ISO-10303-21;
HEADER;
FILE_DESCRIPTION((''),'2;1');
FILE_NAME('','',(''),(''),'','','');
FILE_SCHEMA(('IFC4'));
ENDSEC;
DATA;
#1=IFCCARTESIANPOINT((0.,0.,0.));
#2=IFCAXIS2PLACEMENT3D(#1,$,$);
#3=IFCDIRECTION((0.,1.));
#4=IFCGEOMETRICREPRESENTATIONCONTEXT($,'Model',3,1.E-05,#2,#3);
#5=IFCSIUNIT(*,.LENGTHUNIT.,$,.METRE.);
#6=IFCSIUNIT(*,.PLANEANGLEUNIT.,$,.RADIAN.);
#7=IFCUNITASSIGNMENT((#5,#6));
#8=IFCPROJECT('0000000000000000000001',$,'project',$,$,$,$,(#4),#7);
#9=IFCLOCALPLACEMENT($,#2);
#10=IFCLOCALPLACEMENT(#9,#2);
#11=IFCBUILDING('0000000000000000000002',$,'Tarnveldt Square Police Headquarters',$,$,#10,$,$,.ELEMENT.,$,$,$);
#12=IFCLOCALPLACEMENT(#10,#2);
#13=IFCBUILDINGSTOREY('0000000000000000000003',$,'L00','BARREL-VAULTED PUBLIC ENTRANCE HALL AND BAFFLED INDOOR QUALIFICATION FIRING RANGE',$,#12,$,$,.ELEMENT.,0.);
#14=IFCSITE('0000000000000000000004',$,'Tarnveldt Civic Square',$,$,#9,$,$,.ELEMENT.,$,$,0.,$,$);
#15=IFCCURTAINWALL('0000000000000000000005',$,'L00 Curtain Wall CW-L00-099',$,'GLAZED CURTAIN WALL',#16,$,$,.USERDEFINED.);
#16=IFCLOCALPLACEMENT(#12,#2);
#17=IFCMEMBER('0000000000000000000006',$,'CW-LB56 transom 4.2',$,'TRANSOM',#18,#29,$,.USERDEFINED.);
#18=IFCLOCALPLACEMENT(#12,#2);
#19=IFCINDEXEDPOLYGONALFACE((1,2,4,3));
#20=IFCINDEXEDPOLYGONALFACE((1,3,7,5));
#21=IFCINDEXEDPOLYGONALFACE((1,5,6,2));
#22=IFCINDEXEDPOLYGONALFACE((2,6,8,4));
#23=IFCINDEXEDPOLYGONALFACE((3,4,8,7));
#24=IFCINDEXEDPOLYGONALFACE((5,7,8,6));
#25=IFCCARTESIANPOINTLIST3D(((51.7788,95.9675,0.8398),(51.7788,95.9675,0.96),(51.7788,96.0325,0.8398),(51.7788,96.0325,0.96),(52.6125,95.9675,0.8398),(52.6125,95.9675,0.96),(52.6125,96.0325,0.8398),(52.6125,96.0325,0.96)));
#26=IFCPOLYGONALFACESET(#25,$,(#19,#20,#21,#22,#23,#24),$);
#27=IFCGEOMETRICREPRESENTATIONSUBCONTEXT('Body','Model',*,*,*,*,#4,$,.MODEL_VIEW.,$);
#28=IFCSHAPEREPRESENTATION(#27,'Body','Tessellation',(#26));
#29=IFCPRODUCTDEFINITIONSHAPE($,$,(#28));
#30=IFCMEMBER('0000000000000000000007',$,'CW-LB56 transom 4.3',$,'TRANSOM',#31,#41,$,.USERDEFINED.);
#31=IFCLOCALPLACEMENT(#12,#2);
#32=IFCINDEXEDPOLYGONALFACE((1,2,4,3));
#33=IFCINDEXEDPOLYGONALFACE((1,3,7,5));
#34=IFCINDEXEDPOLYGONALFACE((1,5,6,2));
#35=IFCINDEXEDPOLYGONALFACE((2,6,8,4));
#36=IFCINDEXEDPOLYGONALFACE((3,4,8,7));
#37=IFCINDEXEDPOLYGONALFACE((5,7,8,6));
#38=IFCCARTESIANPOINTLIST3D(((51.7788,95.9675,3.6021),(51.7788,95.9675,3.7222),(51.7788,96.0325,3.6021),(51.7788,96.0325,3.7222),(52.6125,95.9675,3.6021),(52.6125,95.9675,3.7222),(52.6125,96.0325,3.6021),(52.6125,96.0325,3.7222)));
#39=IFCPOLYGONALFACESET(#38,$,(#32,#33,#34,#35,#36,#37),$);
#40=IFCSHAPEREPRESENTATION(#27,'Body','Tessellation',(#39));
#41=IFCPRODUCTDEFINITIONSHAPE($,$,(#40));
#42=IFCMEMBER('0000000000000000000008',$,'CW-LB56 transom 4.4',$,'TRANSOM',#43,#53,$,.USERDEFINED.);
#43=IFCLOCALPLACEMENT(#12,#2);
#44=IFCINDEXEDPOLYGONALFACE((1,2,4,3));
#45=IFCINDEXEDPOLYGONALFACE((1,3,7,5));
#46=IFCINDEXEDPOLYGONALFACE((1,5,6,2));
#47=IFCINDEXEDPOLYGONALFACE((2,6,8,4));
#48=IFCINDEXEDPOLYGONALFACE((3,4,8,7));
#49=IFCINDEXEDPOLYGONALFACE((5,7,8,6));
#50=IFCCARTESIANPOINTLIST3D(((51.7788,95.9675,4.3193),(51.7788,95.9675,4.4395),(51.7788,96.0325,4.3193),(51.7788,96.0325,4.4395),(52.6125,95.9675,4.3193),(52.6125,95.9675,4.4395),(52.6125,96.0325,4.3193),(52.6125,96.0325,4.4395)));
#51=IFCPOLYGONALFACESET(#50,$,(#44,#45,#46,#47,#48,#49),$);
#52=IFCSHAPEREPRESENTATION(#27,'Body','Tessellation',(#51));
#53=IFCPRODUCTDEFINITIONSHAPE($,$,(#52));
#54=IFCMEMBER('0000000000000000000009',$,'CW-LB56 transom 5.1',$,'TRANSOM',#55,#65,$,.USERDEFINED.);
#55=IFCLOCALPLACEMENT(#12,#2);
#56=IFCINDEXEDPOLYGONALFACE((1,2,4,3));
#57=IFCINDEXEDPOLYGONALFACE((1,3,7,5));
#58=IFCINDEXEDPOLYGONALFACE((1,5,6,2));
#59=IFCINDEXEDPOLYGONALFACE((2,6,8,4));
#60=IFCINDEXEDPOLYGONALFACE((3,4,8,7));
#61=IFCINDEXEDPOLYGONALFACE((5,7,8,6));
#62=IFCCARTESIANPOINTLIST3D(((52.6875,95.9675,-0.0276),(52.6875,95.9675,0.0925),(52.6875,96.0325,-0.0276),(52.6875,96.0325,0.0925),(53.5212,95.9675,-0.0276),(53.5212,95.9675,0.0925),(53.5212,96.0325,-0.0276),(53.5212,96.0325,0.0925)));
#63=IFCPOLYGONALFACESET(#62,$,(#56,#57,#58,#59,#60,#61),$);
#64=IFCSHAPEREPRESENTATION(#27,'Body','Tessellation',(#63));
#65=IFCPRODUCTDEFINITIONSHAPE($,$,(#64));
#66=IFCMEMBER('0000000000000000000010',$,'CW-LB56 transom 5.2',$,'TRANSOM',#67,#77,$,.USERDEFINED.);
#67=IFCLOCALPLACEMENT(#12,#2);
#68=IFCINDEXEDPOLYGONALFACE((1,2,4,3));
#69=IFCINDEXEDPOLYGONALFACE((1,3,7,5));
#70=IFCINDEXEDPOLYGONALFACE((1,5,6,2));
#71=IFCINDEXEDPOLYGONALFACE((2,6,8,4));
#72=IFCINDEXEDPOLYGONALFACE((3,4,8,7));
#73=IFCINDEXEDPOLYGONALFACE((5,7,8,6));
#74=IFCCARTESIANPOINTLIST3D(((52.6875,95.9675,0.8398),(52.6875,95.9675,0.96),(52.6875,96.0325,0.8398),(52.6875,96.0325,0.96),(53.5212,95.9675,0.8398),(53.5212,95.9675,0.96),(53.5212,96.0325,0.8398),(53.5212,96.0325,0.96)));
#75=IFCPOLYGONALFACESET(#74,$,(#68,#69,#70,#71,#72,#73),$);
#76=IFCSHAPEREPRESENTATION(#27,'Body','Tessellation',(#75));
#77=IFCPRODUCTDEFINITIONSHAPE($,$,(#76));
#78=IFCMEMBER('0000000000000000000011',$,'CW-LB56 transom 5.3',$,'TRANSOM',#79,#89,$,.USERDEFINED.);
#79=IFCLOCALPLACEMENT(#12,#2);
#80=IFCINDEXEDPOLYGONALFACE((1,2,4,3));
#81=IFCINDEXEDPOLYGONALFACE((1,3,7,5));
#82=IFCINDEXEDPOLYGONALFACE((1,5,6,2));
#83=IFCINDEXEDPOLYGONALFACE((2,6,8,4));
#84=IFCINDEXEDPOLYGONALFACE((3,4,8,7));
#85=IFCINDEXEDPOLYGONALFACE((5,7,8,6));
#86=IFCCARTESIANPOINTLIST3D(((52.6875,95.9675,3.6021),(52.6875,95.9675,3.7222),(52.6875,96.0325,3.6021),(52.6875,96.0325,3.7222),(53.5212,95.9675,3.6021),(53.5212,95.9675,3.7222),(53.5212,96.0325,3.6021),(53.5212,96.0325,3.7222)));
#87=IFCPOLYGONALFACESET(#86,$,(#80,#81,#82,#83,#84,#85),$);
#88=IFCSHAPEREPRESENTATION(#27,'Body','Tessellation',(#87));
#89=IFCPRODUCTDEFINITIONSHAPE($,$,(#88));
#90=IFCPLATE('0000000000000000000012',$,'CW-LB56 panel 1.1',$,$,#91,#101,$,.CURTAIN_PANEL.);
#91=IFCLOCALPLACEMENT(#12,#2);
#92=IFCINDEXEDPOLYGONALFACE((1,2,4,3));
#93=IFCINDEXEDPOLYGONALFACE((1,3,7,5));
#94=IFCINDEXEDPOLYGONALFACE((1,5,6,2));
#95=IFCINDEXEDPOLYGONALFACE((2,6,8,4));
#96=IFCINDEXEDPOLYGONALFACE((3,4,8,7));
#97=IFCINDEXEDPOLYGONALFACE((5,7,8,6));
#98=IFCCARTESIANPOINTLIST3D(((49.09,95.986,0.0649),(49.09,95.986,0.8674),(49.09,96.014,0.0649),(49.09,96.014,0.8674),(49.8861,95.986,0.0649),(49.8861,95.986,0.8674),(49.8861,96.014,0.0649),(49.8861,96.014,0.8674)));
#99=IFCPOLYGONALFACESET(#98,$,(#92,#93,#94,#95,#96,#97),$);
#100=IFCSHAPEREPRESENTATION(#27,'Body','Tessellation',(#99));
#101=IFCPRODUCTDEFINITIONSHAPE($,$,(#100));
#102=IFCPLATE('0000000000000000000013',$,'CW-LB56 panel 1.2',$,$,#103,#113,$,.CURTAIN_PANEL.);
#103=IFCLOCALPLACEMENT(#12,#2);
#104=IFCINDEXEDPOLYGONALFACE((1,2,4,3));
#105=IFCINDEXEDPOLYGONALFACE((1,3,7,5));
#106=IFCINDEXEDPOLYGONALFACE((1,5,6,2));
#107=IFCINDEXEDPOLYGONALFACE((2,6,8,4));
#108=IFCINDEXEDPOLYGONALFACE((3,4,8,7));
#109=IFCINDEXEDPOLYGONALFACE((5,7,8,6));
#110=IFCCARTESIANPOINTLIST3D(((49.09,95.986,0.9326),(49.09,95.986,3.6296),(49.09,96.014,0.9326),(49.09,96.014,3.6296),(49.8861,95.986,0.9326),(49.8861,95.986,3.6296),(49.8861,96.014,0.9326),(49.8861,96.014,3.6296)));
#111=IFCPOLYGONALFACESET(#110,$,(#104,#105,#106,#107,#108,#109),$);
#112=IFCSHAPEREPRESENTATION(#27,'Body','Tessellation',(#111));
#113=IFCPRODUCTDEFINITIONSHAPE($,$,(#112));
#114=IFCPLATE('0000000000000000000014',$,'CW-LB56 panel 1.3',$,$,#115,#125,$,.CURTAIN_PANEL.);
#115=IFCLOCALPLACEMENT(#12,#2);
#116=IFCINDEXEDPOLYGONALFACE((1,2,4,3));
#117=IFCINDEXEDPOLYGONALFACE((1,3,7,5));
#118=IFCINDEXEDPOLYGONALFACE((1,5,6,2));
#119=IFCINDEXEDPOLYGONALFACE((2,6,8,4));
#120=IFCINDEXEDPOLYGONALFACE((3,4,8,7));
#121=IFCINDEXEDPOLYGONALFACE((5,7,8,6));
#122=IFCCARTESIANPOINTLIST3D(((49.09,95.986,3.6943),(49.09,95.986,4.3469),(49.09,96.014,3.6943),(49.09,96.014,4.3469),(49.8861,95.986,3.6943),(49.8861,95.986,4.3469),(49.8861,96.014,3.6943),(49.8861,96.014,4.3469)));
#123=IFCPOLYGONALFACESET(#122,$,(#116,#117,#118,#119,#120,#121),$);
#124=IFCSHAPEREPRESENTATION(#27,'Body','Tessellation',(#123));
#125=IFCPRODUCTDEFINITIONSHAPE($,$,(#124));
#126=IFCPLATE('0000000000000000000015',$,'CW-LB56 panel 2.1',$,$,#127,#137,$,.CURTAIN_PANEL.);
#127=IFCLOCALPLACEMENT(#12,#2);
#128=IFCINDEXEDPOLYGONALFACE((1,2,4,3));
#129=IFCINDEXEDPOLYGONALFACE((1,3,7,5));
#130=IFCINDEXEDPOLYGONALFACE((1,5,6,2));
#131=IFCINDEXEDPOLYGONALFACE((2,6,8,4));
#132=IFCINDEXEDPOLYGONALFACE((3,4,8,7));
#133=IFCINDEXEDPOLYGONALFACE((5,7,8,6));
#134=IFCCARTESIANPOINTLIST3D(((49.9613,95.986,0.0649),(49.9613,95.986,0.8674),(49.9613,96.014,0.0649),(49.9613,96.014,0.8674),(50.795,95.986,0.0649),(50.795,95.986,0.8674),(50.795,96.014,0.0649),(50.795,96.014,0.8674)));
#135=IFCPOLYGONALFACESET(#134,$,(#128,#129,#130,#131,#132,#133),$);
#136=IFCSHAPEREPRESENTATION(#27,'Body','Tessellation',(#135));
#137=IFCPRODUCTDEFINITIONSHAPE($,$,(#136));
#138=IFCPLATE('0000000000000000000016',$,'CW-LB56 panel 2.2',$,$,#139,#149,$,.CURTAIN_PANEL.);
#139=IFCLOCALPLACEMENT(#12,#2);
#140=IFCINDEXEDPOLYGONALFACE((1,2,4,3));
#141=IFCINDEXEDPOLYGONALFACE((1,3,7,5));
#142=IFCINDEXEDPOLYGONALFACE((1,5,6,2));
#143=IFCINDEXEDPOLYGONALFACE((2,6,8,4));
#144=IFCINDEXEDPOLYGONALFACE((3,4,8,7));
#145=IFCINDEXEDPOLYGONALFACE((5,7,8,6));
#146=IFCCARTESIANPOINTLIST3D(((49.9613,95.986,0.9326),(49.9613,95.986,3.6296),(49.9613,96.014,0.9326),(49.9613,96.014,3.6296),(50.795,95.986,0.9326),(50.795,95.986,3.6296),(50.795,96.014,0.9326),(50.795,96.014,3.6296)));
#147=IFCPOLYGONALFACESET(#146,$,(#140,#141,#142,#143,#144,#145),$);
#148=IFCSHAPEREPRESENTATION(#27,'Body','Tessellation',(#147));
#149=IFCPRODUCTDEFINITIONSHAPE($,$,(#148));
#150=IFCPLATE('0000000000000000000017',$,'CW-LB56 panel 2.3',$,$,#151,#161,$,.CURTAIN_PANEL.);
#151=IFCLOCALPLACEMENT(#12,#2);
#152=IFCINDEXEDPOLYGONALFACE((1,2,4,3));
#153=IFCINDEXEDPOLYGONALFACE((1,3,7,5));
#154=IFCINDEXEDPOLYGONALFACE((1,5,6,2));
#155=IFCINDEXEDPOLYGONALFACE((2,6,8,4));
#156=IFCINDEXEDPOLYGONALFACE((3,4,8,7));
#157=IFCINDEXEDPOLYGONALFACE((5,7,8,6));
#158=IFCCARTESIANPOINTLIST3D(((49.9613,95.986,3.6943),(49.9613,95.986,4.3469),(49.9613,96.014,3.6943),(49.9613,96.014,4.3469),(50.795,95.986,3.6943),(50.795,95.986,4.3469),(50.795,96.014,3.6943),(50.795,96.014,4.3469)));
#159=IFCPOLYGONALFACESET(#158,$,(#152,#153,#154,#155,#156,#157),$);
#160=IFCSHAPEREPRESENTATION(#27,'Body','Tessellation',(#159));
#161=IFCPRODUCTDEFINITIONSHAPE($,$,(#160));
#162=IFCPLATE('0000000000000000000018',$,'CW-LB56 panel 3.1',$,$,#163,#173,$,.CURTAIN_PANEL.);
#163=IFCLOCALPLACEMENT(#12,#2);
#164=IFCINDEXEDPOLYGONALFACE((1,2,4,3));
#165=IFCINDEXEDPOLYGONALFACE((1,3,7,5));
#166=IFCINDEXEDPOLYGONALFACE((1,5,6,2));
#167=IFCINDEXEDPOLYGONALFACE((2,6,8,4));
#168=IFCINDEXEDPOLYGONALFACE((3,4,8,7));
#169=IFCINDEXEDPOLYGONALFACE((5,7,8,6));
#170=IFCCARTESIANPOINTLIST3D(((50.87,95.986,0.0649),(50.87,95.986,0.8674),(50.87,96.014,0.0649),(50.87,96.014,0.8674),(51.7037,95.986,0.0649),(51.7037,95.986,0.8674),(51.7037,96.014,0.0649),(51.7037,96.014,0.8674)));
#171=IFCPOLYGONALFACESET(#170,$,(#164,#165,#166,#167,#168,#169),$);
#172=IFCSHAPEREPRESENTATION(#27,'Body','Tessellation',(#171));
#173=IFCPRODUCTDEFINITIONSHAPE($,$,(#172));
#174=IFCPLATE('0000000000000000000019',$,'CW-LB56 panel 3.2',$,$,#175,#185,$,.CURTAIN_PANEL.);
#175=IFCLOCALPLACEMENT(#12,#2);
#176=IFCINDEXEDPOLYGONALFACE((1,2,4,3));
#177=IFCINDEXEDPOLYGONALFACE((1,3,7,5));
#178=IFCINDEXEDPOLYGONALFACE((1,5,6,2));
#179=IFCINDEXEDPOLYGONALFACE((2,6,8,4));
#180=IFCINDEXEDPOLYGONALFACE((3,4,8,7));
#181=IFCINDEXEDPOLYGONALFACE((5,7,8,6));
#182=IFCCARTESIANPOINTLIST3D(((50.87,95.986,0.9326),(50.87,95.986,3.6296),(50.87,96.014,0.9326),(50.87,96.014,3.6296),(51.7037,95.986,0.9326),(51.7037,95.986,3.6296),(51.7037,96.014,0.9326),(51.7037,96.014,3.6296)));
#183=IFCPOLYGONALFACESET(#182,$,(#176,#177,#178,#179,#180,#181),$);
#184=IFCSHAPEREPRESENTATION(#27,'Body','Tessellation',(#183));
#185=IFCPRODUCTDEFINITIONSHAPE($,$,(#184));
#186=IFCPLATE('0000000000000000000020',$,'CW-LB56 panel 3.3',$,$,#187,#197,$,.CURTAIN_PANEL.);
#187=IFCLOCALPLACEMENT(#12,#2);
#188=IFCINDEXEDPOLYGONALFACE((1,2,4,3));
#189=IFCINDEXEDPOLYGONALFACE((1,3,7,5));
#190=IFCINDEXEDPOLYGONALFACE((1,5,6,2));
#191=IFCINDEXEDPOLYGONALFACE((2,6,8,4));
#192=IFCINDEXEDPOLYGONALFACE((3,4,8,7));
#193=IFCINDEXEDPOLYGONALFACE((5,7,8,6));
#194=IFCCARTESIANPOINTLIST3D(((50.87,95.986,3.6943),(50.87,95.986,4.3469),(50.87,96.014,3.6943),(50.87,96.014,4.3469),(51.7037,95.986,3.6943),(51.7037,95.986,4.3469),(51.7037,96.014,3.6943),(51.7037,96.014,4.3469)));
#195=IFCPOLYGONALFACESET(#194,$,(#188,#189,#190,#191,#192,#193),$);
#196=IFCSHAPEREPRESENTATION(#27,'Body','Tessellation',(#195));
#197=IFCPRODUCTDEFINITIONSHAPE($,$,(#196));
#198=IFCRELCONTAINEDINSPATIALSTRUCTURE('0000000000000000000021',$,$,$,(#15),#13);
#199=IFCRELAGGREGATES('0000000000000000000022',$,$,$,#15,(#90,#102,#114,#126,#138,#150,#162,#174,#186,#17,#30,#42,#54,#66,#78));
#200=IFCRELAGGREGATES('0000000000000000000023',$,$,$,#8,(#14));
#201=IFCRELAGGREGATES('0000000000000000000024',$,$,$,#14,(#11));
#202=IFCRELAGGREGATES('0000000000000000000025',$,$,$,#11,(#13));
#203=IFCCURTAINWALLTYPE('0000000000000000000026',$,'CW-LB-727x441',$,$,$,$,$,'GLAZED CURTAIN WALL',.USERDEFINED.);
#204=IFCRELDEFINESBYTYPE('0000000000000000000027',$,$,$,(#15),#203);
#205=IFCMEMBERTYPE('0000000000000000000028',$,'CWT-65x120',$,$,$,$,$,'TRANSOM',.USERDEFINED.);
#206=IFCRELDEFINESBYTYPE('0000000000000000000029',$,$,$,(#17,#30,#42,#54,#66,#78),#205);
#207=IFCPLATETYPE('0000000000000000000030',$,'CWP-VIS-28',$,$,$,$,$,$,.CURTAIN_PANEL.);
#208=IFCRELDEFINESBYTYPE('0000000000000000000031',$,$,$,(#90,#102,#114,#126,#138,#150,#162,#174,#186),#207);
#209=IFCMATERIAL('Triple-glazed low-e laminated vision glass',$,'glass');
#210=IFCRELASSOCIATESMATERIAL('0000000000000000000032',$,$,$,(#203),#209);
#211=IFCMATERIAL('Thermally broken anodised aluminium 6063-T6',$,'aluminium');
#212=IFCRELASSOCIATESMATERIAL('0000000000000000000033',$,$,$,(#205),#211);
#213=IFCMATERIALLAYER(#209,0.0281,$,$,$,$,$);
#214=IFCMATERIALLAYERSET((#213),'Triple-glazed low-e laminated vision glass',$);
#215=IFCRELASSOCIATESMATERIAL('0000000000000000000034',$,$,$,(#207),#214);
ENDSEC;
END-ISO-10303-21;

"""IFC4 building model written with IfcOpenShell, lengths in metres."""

from ifc_helpers import new_model, si_unit, direction, frame, origin, origin_2d, place, context, subcontext, project, spatial, rectangle, extrude, material, layer, layer_set, material_profile, profile_set, type_object, element, aggregate, save


model = new_model("IFC4")

# Units and contexts
model_context = context("Model", 3, precision=1e-05, world=origin(), true_north=direction((0.0, 1.0)))
body_context = subcontext(model_context, "Body", "Model", "MODEL_VIEW")
ifc_project = project(units=[si_unit("LENGTHUNIT", "METRE"), si_unit("PLANEANGLEUNIT", "RADIAN")], contexts=[model_context])

# Site, building, storey
site_placement = place(None, origin())
site = spatial("IfcSite", under=ifc_project, at=site_placement, Name="Tarnveldt Civic Square", CompositionType="ELEMENT", RefElevation=0.0)
building_placement = place(site_placement, origin())
building = spatial("IfcBuilding", under=site, at=building_placement, Name="Tarnveldt Square Police Headquarters", CompositionType="ELEMENT")
storey_placement = place(building_placement, origin())
storey = spatial("IfcBuildingStorey", under=building, at=storey_placement, Name="L00", Description="BARREL-VAULTED PUBLIC ENTRANCE HALL AND BAFFLED INDOOR QUALIFICATION FIRING RANGE", CompositionType="ELEMENT", Elevation=0.0)

# Curtain wall, members, plates
ifc_material_1 = material(Name="Triple-glazed low-e laminated vision glass", Category="glass")
curtain_wall_type = type_object("IfcCurtainWallType", Name="CW-LB-727x441", ElementType="GLAZED CURTAIN WALL", PredefinedType="USERDEFINED", material=ifc_material_1)
curtain_wall_placement = place(storey_placement, origin())
curtain_wall = element("IfcCurtainWall", 1, at=curtain_wall_placement, inside=storey, type_object=curtain_wall_type, Name="L00 Curtain Wall CW-L00-099", ObjectType="GLAZED CURTAIN WALL", PredefinedType="USERDEFINED")
ifc_material_2 = material(Name="Thermally broken anodised aluminium 6063-T6", Category="aluminium")
ifc_material_profile_1 = material_profile(ifc_material_2, rectangle(XDim=0.0649, YDim=0.1201, at=origin_2d()), Name="CW-T65x120")
ifc_profile_set_1 = profile_set([ifc_material_profile_1], Name="Thermally broken anodised aluminium 6063-T6")
member_type_1 = type_object("IfcMemberType", Name="CWT-65x120", ElementType="TRANSOM", PredefinedType="USERDEFINED", material=ifc_profile_set_1)
member_1_placement = place(storey_placement, frame((51.7788, 96.0, 0.8999), z_axis=(1.0, 0.0, 0.0), x_axis=(0.0, 1.0, 0.0)))
member_1 = element("IfcMember", 2, at=member_1_placement, type_object=member_type_1, Name="CW-LB56 transom 4.2", ObjectType="TRANSOM", PredefinedType="USERDEFINED", context=body_context, shape_type="SweptSolid", body=[
    extrude(rectangle(XDim=0.0649, YDim=0.1201, at=origin_2d()), origin(), (0.0, 0.0, 1.0), 0.8337),
])
member_2_placement = place(storey_placement, frame((51.7788, 96.0, 3.6621), z_axis=(1.0, 0.0, 0.0), x_axis=(0.0, 1.0, 0.0)))
member_2 = element("IfcMember", 3, at=member_2_placement, type_object=member_type_1, Name="CW-LB56 transom 4.3", ObjectType="TRANSOM", PredefinedType="USERDEFINED", context=body_context, shape_type="SweptSolid", body=[
    extrude(rectangle(XDim=0.0649, YDim=0.1201, at=origin_2d()), origin(), (0.0, 0.0, 1.0), 0.8337),
])
member_3_placement = place(storey_placement, frame((51.7788, 96.0, 4.3794), z_axis=(1.0, 0.0, 0.0), x_axis=(0.0, 1.0, 0.0)))
member_3 = element("IfcMember", 4, at=member_3_placement, type_object=member_type_1, Name="CW-LB56 transom 4.4", ObjectType="TRANSOM", PredefinedType="USERDEFINED", context=body_context, shape_type="SweptSolid", body=[
    extrude(rectangle(XDim=0.0649, YDim=0.1201, at=origin_2d()), origin(), (0.0, 0.0, 1.0), 0.8337),
])
member_4_placement = place(storey_placement, frame((52.6875, 96.0, 0.0325), z_axis=(1.0, 0.0, 0.0), x_axis=(0.0, 1.0, 0.0)))
member_4 = element("IfcMember", 5, at=member_4_placement, type_object=member_type_1, Name="CW-LB56 transom 5.1", ObjectType="TRANSOM", PredefinedType="USERDEFINED", context=body_context, shape_type="SweptSolid", body=[
    extrude(rectangle(XDim=0.0649, YDim=0.1201, at=origin_2d()), origin(), (0.0, 0.0, 1.0), 0.8337),
])
member_5_placement = place(storey_placement, frame((52.6875, 96.0, 0.8999), z_axis=(1.0, 0.0, 0.0), x_axis=(0.0, 1.0, 0.0)))
member_5 = element("IfcMember", 6, at=member_5_placement, type_object=member_type_1, Name="CW-LB56 transom 5.2", ObjectType="TRANSOM", PredefinedType="USERDEFINED", context=body_context, shape_type="SweptSolid", body=[
    extrude(rectangle(XDim=0.0649, YDim=0.1201, at=origin_2d()), origin(), (0.0, 0.0, 1.0), 0.8337),
])
member_6_placement = place(storey_placement, frame((52.6875, 96.0, 3.6621), z_axis=(1.0, 0.0, 0.0), x_axis=(0.0, 1.0, 0.0)))
member_6 = element("IfcMember", 7, at=member_6_placement, type_object=member_type_1, Name="CW-LB56 transom 5.3", ObjectType="TRANSOM", PredefinedType="USERDEFINED", context=body_context, shape_type="SweptSolid", body=[
    extrude(rectangle(XDim=0.0649, YDim=0.1201, at=origin_2d()), origin(), (0.0, 0.0, 1.0), 0.8337),
])
ifc_layer = layer(ifc_material_1, 0.0281)
ifc_layer_set = layer_set([ifc_layer], Name="Triple-glazed low-e laminated vision glass")
plate_type = type_object("IfcPlateType", Name="CWP-VIS-28", PredefinedType="CURTAIN_PANEL", material=ifc_layer_set)
plate_1_placement = place(storey_placement, frame((49.488, 96.0, 0.0649), z_axis=(0.0, 0.0, 1.0), x_axis=(1.0, 0.0, 0.0)))
plate_1 = element("IfcPlate", 8, at=plate_1_placement, type_object=plate_type, Name="CW-LB56 panel 1.1", PredefinedType="CURTAIN_PANEL", context=body_context, shape_type="SweptSolid", body=[
    extrude(rectangle(XDim=0.7961, YDim=0.0281, at=origin_2d()), origin(), (0.0, 0.0, 1.0), 0.8025),
])
plate_2_placement = place(storey_placement, frame((49.488, 96.0, 0.9326), z_axis=(0.0, 0.0, 1.0), x_axis=(1.0, 0.0, 0.0)))
plate_2 = element("IfcPlate", 9, at=plate_2_placement, type_object=plate_type, Name="CW-LB56 panel 1.2", PredefinedType="CURTAIN_PANEL", context=body_context, shape_type="SweptSolid", body=[
    extrude(rectangle(XDim=0.7961, YDim=0.0281, at=origin_2d()), origin(), (0.0, 0.0, 1.0), 2.697),
])
plate_3_placement = place(storey_placement, frame((49.488, 96.0, 3.6943), z_axis=(0.0, 0.0, 1.0), x_axis=(1.0, 0.0, 0.0)))
plate_3 = element("IfcPlate", 10, at=plate_3_placement, type_object=plate_type, Name="CW-LB56 panel 1.3", PredefinedType="CURTAIN_PANEL", context=body_context, shape_type="SweptSolid", body=[
    extrude(rectangle(XDim=0.7961, YDim=0.0281, at=origin_2d()), origin(), (0.0, 0.0, 1.0), 0.6526),
])
plate_4_placement = place(storey_placement, frame((50.3782, 96.0, 0.0649), z_axis=(0.0, 0.0, 1.0), x_axis=(1.0, 0.0, 0.0)))
plate_4 = element("IfcPlate", 11, at=plate_4_placement, type_object=plate_type, Name="CW-LB56 panel 2.1", PredefinedType="CURTAIN_PANEL", context=body_context, shape_type="SweptSolid", body=[
    extrude(rectangle(XDim=0.8337, YDim=0.0281, at=origin_2d()), origin(), (0.0, 0.0, 1.0), 0.8025),
])
plate_5_placement = place(storey_placement, frame((50.3782, 96.0, 0.9326), z_axis=(0.0, 0.0, 1.0), x_axis=(1.0, 0.0, 0.0)))
plate_5 = element("IfcPlate", 12, at=plate_5_placement, type_object=plate_type, Name="CW-LB56 panel 2.2", PredefinedType="CURTAIN_PANEL", context=body_context, shape_type="SweptSolid", body=[
    extrude(rectangle(XDim=0.8337, YDim=0.0281, at=origin_2d()), origin(), (0.0, 0.0, 1.0), 2.697),
])
plate_6_placement = place(storey_placement, frame((50.3782, 96.0, 3.6943), z_axis=(0.0, 0.0, 1.0), x_axis=(1.0, 0.0, 0.0)))
plate_6 = element("IfcPlate", 13, at=plate_6_placement, type_object=plate_type, Name="CW-LB56 panel 2.3", PredefinedType="CURTAIN_PANEL", context=body_context, shape_type="SweptSolid", body=[
    extrude(rectangle(XDim=0.8337, YDim=0.0281, at=origin_2d()), origin(), (0.0, 0.0, 1.0), 0.6526),
])
plate_7_placement = place(storey_placement, frame((51.2869, 96.0, 0.0649), z_axis=(0.0, 0.0, 1.0), x_axis=(1.0, 0.0, 0.0)))
plate_7 = element("IfcPlate", 14, at=plate_7_placement, type_object=plate_type, Name="CW-LB56 panel 3.1", PredefinedType="CURTAIN_PANEL", context=body_context, shape_type="SweptSolid", body=[
    extrude(rectangle(XDim=0.8337, YDim=0.0281, at=origin_2d()), origin(), (0.0, 0.0, 1.0), 0.8025),
])
plate_8_placement = place(storey_placement, frame((51.2869, 96.0, 0.9326), z_axis=(0.0, 0.0, 1.0), x_axis=(1.0, 0.0, 0.0)))
plate_8 = element("IfcPlate", 15, at=plate_8_placement, type_object=plate_type, Name="CW-LB56 panel 3.2", PredefinedType="CURTAIN_PANEL", context=body_context, shape_type="SweptSolid", body=[
    extrude(rectangle(XDim=0.8337, YDim=0.0281, at=origin_2d()), origin(), (0.0, 0.0, 1.0), 2.697),
])
plate_9_placement = place(storey_placement, frame((51.2869, 96.0, 3.6943), z_axis=(0.0, 0.0, 1.0), x_axis=(1.0, 0.0, 0.0)))
plate_9 = element("IfcPlate", 16, at=plate_9_placement, type_object=plate_type, Name="CW-LB56 panel 3.3", PredefinedType="CURTAIN_PANEL", context=body_context, shape_type="SweptSolid", body=[
    extrude(rectangle(XDim=0.8337, YDim=0.0281, at=origin_2d()), origin(), (0.0, 0.0, 1.0), 0.6526),
])
aggregate(curtain_wall, [plate_1, plate_2, plate_3, plate_4, plate_5, plate_6, plate_7, plate_8, plate_9, member_1, member_2, member_3, member_4, member_5, member_6])

save(model, "model.ifc")
